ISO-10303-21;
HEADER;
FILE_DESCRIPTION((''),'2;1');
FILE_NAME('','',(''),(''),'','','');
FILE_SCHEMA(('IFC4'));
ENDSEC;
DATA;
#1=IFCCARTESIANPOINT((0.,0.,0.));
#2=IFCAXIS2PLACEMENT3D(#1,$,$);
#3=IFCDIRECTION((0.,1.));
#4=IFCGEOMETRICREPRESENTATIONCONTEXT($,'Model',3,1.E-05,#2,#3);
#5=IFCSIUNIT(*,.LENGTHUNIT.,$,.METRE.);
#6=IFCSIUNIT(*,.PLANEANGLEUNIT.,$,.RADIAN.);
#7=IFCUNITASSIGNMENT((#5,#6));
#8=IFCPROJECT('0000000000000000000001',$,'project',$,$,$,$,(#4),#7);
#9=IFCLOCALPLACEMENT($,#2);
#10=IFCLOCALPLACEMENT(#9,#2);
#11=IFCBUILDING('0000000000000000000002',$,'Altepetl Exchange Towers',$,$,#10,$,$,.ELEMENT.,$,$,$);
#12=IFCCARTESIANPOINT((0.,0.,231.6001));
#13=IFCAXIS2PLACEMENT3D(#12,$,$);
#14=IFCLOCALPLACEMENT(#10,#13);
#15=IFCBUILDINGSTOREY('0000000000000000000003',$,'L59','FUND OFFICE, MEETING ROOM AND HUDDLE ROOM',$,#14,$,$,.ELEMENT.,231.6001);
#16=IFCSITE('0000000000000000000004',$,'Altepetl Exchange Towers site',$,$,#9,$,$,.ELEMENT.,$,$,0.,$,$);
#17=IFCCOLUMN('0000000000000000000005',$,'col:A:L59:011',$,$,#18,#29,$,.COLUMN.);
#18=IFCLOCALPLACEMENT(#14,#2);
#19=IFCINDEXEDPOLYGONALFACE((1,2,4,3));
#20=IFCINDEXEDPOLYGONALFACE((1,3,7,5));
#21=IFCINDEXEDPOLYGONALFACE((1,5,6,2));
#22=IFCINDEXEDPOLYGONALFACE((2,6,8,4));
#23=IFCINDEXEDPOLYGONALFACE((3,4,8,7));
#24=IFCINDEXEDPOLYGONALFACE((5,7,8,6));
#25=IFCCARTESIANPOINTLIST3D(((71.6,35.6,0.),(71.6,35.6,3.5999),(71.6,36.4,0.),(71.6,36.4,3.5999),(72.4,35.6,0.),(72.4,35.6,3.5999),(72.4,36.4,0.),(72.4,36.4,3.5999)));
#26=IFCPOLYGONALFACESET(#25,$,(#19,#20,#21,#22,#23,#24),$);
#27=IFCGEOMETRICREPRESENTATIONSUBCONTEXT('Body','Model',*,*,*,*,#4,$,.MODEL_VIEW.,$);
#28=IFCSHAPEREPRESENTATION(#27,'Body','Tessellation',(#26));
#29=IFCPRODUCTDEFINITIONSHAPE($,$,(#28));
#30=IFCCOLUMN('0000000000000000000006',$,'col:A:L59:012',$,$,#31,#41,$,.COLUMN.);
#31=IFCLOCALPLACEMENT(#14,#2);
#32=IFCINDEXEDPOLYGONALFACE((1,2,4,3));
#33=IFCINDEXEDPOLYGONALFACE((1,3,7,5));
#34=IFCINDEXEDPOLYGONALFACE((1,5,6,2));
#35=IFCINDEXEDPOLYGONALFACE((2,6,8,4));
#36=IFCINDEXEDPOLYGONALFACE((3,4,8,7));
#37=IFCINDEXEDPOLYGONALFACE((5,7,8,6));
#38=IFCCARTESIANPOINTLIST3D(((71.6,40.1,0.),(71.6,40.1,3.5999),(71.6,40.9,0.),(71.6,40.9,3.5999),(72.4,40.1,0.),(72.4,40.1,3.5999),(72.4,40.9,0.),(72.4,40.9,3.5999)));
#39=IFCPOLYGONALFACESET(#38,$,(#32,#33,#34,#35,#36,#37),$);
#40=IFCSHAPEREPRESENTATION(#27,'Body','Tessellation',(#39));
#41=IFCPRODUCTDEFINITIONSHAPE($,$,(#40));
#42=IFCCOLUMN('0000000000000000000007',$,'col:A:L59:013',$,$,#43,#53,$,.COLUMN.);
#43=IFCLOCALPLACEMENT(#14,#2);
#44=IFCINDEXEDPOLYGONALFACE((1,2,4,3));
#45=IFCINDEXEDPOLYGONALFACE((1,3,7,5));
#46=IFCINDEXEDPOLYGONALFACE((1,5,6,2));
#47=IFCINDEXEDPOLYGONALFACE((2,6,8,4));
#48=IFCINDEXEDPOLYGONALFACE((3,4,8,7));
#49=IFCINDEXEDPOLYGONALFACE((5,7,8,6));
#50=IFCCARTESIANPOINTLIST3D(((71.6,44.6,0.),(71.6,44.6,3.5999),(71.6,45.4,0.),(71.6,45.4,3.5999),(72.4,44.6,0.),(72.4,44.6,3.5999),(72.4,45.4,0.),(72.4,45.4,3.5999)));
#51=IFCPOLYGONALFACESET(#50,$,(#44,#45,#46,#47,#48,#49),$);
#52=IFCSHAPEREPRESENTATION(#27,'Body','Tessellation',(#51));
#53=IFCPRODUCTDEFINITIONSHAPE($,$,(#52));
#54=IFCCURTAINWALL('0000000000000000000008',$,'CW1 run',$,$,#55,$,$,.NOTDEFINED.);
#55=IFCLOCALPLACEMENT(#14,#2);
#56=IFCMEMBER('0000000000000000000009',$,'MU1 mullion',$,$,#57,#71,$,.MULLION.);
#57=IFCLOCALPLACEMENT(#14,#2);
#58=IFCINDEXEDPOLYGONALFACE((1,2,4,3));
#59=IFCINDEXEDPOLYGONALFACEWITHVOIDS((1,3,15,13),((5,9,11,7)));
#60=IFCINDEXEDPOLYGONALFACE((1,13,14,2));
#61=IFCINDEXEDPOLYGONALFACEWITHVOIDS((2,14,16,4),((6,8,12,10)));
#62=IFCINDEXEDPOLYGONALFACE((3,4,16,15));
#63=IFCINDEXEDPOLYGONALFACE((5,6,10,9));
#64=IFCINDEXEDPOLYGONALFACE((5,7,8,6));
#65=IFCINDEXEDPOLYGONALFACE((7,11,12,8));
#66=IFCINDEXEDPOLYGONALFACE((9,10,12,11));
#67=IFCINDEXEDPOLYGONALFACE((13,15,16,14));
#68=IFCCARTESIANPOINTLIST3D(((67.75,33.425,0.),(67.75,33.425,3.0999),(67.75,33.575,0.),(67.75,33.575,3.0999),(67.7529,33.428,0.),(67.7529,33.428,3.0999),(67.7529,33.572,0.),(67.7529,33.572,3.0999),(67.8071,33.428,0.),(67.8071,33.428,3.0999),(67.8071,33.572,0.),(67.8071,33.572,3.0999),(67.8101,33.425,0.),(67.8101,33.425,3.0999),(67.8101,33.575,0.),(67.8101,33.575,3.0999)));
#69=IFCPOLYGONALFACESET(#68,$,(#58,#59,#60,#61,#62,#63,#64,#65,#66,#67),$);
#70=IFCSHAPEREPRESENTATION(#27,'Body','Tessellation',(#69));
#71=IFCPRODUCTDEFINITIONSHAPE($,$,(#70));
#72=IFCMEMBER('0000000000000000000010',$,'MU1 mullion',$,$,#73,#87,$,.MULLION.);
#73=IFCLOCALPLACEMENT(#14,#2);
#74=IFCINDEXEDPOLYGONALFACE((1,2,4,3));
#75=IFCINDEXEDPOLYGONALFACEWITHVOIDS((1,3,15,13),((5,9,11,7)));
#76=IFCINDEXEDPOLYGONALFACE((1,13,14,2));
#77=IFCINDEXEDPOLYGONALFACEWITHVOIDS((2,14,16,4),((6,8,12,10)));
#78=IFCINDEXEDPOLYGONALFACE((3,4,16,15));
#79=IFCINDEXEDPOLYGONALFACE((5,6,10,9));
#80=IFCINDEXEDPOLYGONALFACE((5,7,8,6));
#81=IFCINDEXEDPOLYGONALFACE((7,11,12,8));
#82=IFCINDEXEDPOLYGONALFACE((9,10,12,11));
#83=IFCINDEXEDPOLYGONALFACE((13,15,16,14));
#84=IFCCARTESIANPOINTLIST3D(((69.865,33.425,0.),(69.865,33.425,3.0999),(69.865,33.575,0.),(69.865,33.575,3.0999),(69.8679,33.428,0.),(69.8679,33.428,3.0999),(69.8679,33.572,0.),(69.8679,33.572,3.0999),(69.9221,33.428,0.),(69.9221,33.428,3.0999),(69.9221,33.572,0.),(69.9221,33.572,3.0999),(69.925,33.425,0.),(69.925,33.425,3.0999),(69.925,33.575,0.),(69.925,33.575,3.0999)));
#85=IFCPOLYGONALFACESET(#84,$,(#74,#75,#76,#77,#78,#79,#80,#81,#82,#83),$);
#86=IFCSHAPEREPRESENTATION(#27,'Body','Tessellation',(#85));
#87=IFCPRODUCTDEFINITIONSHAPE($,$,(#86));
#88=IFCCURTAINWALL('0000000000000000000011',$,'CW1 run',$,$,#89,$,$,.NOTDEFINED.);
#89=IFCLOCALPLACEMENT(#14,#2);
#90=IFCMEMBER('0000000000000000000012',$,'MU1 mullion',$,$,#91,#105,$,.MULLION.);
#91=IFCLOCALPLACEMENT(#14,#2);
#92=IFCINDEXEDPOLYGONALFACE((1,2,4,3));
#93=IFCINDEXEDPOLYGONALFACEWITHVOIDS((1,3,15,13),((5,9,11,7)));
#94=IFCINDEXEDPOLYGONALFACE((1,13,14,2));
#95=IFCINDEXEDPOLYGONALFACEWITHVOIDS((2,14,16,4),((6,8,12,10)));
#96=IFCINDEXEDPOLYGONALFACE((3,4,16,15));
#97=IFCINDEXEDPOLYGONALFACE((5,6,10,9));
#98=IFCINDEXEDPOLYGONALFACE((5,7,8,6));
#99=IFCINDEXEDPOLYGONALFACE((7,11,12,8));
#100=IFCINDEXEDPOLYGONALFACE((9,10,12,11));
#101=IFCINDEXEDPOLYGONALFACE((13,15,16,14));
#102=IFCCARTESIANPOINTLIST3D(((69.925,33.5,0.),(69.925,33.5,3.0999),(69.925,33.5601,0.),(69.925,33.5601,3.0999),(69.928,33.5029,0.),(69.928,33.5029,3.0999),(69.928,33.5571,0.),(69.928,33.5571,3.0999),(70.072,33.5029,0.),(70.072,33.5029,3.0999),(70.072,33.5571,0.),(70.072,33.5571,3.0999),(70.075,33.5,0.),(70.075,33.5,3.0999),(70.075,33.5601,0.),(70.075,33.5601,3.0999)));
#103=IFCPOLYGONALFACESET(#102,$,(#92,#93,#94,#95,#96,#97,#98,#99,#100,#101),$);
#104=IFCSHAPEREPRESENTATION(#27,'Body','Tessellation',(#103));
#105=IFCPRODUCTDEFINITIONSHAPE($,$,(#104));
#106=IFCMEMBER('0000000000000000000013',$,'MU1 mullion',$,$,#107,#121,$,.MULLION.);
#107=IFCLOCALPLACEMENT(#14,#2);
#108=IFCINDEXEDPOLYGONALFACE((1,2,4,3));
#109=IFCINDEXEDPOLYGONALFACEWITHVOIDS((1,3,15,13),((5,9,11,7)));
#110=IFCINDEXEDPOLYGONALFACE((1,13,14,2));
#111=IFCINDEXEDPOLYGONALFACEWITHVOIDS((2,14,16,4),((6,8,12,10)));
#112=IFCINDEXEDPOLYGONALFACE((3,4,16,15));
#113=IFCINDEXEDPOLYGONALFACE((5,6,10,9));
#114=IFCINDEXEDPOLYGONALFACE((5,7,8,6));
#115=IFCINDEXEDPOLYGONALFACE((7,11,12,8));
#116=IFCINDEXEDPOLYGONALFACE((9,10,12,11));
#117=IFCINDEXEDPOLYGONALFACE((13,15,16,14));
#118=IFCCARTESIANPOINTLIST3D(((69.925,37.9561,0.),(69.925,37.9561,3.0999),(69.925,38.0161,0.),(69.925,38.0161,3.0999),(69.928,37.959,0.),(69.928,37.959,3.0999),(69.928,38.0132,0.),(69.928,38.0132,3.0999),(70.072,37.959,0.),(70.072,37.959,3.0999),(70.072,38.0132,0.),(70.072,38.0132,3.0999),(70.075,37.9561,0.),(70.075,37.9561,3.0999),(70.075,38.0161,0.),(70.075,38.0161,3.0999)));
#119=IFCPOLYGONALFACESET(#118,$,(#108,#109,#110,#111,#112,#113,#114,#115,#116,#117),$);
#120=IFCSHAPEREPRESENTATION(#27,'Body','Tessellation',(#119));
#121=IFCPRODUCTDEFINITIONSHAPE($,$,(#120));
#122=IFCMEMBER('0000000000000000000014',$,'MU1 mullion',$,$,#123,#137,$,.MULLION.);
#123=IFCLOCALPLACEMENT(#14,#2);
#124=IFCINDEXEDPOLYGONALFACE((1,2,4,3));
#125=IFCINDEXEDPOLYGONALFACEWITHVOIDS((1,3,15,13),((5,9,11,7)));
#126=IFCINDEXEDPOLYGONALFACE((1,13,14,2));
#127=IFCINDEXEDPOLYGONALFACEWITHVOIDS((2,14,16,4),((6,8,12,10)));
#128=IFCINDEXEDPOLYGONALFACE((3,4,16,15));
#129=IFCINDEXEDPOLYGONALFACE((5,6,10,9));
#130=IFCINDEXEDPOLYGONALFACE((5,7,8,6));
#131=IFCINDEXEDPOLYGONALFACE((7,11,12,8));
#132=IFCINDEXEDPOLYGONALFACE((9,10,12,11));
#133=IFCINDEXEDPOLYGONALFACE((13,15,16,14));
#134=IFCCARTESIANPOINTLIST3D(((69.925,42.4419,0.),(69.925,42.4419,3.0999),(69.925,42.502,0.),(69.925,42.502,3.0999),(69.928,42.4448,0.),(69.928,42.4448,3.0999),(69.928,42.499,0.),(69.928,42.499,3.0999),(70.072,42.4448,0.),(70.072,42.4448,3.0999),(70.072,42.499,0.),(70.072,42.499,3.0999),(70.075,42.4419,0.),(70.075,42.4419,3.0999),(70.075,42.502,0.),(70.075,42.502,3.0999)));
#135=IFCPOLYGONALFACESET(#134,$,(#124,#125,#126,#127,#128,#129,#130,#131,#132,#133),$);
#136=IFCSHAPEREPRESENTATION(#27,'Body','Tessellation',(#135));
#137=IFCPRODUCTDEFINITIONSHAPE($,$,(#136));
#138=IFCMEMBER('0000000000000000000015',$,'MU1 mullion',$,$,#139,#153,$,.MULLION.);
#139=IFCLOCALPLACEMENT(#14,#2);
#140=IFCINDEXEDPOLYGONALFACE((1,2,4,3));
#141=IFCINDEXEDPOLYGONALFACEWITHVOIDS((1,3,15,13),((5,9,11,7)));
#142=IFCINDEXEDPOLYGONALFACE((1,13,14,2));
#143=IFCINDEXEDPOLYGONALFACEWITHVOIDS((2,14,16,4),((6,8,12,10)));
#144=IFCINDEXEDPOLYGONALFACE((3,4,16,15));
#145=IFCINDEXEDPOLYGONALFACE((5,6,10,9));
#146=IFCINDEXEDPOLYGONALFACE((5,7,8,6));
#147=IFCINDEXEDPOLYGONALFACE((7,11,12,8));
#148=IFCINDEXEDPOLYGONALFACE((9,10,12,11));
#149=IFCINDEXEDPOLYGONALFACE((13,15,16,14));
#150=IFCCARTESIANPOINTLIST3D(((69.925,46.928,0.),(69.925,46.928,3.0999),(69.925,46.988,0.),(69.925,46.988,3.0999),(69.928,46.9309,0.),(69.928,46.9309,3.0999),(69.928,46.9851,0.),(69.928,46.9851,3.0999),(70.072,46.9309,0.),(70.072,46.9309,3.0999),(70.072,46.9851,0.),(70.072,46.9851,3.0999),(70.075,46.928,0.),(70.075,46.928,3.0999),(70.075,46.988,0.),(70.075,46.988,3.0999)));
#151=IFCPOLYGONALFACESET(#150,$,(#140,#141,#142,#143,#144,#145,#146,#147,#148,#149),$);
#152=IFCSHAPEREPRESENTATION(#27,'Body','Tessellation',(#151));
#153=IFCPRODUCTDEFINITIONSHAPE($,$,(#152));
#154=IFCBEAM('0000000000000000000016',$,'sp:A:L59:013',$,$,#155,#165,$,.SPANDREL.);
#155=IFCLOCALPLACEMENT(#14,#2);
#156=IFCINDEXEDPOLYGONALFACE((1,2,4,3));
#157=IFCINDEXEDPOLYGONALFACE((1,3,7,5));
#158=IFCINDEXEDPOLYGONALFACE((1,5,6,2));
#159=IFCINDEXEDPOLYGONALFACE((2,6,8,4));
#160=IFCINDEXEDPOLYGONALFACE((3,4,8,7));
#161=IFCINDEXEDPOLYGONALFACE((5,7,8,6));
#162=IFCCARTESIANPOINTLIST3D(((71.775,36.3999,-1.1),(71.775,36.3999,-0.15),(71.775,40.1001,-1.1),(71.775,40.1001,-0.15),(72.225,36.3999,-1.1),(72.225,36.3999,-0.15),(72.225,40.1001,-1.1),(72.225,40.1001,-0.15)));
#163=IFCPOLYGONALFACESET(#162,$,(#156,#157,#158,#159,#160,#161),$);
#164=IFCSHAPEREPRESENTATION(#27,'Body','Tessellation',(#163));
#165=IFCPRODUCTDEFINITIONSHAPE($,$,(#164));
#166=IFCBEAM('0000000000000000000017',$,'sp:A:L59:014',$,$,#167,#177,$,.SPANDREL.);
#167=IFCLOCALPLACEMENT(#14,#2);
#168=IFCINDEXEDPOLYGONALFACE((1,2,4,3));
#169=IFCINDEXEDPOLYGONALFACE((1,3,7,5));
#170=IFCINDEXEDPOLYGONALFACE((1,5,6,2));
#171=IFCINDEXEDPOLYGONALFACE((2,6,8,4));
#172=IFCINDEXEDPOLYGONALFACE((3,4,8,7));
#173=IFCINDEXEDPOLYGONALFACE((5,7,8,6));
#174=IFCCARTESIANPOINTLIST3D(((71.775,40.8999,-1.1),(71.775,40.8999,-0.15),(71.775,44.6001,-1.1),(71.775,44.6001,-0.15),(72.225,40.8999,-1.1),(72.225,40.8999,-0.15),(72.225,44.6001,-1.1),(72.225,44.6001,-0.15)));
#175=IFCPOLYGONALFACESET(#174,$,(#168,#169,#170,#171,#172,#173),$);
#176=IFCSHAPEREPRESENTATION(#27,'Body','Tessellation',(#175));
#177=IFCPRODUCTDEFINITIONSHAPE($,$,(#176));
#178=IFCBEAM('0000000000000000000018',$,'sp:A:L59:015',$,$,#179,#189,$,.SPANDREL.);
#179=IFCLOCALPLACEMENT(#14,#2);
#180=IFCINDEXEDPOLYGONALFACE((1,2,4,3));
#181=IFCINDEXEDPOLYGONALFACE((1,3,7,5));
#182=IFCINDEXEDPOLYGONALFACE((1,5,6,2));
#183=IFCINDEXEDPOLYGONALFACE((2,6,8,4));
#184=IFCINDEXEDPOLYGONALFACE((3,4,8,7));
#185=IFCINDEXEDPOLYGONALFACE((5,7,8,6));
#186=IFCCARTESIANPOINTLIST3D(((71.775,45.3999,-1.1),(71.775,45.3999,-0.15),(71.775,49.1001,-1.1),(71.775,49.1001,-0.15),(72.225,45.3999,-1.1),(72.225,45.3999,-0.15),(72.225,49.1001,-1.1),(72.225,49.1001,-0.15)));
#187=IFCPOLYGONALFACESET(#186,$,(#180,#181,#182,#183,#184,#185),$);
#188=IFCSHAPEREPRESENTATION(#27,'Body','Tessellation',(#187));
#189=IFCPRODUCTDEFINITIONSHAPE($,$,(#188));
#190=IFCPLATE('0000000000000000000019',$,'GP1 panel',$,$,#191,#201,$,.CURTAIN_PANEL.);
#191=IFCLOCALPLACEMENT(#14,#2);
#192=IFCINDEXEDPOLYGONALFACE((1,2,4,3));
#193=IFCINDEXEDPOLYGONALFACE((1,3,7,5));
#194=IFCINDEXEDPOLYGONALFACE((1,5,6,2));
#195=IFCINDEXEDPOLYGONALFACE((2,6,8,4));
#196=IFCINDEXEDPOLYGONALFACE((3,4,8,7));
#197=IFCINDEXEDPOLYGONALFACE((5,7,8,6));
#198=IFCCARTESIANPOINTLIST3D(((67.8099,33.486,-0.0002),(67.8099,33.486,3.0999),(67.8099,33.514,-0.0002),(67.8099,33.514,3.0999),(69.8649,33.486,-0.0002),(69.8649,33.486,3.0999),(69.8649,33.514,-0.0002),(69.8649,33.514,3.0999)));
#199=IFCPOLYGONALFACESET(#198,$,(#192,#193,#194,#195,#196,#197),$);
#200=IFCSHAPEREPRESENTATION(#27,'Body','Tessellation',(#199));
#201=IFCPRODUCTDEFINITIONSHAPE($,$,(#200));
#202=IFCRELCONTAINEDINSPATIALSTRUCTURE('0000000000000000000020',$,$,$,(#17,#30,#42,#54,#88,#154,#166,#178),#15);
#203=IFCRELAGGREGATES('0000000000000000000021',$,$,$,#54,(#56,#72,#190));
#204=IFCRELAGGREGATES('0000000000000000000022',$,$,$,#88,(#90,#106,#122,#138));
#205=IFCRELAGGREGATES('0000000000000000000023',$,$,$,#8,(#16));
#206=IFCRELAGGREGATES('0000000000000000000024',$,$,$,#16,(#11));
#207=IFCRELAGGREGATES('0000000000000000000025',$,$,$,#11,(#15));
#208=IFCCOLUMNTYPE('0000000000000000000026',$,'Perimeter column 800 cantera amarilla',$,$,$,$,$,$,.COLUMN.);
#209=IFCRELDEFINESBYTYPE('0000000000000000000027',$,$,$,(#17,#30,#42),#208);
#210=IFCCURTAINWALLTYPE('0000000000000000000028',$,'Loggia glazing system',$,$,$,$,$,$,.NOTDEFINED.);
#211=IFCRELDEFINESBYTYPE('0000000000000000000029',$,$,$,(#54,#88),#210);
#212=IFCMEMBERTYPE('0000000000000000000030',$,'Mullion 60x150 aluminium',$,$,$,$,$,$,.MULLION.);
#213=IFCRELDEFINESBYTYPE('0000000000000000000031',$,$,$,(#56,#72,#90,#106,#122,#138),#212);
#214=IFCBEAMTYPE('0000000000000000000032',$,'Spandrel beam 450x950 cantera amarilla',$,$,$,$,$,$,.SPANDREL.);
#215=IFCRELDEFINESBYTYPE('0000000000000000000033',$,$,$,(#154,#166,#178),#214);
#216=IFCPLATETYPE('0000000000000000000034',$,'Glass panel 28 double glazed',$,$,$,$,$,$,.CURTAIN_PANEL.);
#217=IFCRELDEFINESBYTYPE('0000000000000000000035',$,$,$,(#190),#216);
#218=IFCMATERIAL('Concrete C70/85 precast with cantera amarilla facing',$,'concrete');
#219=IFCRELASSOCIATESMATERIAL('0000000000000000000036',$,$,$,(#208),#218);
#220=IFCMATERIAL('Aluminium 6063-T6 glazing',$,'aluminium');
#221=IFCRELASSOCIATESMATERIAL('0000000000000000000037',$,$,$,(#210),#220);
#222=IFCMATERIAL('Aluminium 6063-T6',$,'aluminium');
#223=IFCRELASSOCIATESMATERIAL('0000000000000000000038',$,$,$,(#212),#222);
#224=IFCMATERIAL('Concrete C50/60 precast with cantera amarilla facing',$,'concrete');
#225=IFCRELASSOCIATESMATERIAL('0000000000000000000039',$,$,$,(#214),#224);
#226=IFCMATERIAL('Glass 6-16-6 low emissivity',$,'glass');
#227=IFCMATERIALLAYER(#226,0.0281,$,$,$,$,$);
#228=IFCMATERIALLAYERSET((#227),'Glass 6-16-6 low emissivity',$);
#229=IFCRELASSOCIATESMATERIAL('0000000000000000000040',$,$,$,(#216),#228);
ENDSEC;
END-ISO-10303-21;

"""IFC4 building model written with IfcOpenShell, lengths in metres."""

from ifc_helpers import new_model, si_unit, direction, frame, origin, origin_2d, place, context, subcontext, project, spatial, rectangle, hollow_rectangle, extrude, material, layer, layer_set, material_profile, profile_set, type_object, element, aggregate, save


model = new_model("IFC4")

# Units and contexts
model_context = context("Model", 3, precision=1e-05, world=origin(), true_north=direction((0.0, 1.0)))
body_context = subcontext(model_context, "Body", "Model", "MODEL_VIEW")
ifc_project = project(units=[si_unit("LENGTHUNIT", "METRE"), si_unit("PLANEANGLEUNIT", "RADIAN")], contexts=[model_context])

# Site, building, storey
site_placement = place(None, origin())
site = spatial("IfcSite", under=ifc_project, at=site_placement, Name="Altepetl Exchange Towers site", CompositionType="ELEMENT", RefElevation=0.0)
building_placement = place(site_placement, origin())
building = spatial("IfcBuilding", under=site, at=building_placement, Name="Altepetl Exchange Towers", CompositionType="ELEMENT")
storey_placement = place(building_placement, frame((0.0, 0.0, 231.6001)))
storey = spatial("IfcBuildingStorey", under=building, at=storey_placement, Name="L59", Description="FUND OFFICE, MEETING ROOM AND HUDDLE ROOM", CompositionType="ELEMENT", Elevation=231.6001)

# Columns
ifc_material_1 = material(Name="Concrete C70/85 precast with cantera amarilla facing", Category="concrete")
ifc_material_profile_1 = material_profile(ifc_material_1, rectangle(XDim=0.8, YDim=0.8, at=origin_2d()), Name="800 x 800")
ifc_profile_set_1 = profile_set([ifc_material_profile_1], Name="Concrete C70/85 precast with cantera amarilla facing")
column_type = type_object("IfcColumnType", Name="Perimeter column 800 cantera amarilla", PredefinedType="COLUMN", material=ifc_profile_set_1)
for number, where, name in (
    (1, (72.0, 36.0, 0.0), "col:A:L59:011"),
    (2, (72.0, 40.5, 0.0), "col:A:L59:012"),
    (3, (72.0, 45.0, 0.0), "col:A:L59:013"),
):
    element("IfcColumn", number, at=place(storey_placement, frame(where)), inside=storey, type_object=column_type, Name=name, PredefinedType="COLUMN", context=body_context, shape_type="SweptSolid", body=[
        extrude(rectangle(XDim=0.8, YDim=0.8, at=origin_2d()), origin(), (0.0, 0.0, 1.0), 3.5999),
    ])

# Curtain walls, members
ifc_material_2 = material(Name="Aluminium 6063-T6 glazing", Category="aluminium")
curtain_wall_type = type_object("IfcCurtainWallType", Name="Loggia glazing system", PredefinedType="NOTDEFINED", material=ifc_material_2)
curtain_wall_1_placement = place(storey_placement, origin())
curtain_wall_1 = element("IfcCurtainWall", 4, at=curtain_wall_1_placement, inside=storey, type_object=curtain_wall_type, Name="CW1 run", PredefinedType="NOTDEFINED")
ifc_material_3 = material(Name="Aluminium 6063-T6", Category="aluminium")
ifc_material_profile_2 = material_profile(ifc_material_3, hollow_rectangle(XDim=0.0601, YDim=0.1499, WallThickness=0.0029, at=origin_2d()), Name="Mullion 60x150 aluminium")
ifc_profile_set_2 = profile_set([ifc_material_profile_2], Name="Aluminium 6063-T6")
member_type = type_object("IfcMemberType", Name="Mullion 60x150 aluminium", PredefinedType="MULLION", material=ifc_profile_set_2)
member_1_placement = place(storey_placement, frame((67.78, 33.5, 0.0)))
member_1 = element("IfcMember", 5, at=member_1_placement, type_object=member_type, Name="MU1 mullion", PredefinedType="MULLION", context=body_context, shape_type="SweptSolid", body=[
    extrude(hollow_rectangle(XDim=0.0601, YDim=0.1499, WallThickness=0.0029, at=origin_2d()), origin(), (0.0, 0.0, 1.0), 3.0999),
])
member_2_placement = place(storey_placement, frame((69.895, 33.5, 0.0)))
member_2 = element("IfcMember", 6, at=member_2_placement, type_object=member_type, Name="MU1 mullion", PredefinedType="MULLION", context=body_context, shape_type="SweptSolid", body=[
    extrude(hollow_rectangle(XDim=0.0601, YDim=0.1499, WallThickness=0.0029, at=origin_2d()), origin(), (0.0, 0.0, 1.0), 3.0999),
])
curtain_wall_2_placement = place(storey_placement, origin())
curtain_wall_2 = element("IfcCurtainWall", 7, at=curtain_wall_2_placement, inside=storey, type_object=curtain_wall_type, Name="CW1 run", PredefinedType="NOTDEFINED")
member_3_placement = place(storey_placement, frame((70.0, 33.53, 0.0), z_axis=(0.0, 0.0, 1.0), x_axis=(0.0, 1.0, 0.0)))
member_3 = element("IfcMember", 8, at=member_3_placement, type_object=member_type, Name="MU1 mullion", PredefinedType="MULLION", context=body_context, shape_type="SweptSolid", body=[
    extrude(hollow_rectangle(XDim=0.0601, YDim=0.1499, WallThickness=0.0029, at=origin_2d()), origin(), (0.0, 0.0, 1.0), 3.0999),
])
member_4_placement = place(storey_placement, frame((70.0, 37.9861, 0.0), z_axis=(0.0, 0.0, 1.0), x_axis=(0.0, 1.0, 0.0)))
member_4 = element("IfcMember", 9, at=member_4_placement, type_object=member_type, Name="MU1 mullion", PredefinedType="MULLION", context=body_context, shape_type="SweptSolid", body=[
    extrude(hollow_rectangle(XDim=0.0601, YDim=0.1499, WallThickness=0.0029, at=origin_2d()), origin(), (0.0, 0.0, 1.0), 3.0999),
])
member_5_placement = place(storey_placement, frame((70.0, 42.4719, 0.0), z_axis=(0.0, 0.0, 1.0), x_axis=(0.0, 1.0, 0.0)))
member_5 = element("IfcMember", 10, at=member_5_placement, type_object=member_type, Name="MU1 mullion", PredefinedType="MULLION", context=body_context, shape_type="SweptSolid", body=[
    extrude(hollow_rectangle(XDim=0.0601, YDim=0.1499, WallThickness=0.0029, at=origin_2d()), origin(), (0.0, 0.0, 1.0), 3.0999),
])
member_6_placement = place(storey_placement, frame((70.0, 46.958, 0.0), z_axis=(0.0, 0.0, 1.0), x_axis=(0.0, 1.0, 0.0)))
member_6 = element("IfcMember", 11, at=member_6_placement, type_object=member_type, Name="MU1 mullion", PredefinedType="MULLION", context=body_context, shape_type="SweptSolid", body=[
    extrude(hollow_rectangle(XDim=0.0601, YDim=0.1499, WallThickness=0.0029, at=origin_2d()), origin(), (0.0, 0.0, 1.0), 3.0999),
])

# Beams
ifc_material_4 = material(Name="Concrete C50/60 precast with cantera amarilla facing", Category="concrete")
ifc_material_profile_3 = material_profile(ifc_material_4, rectangle(XDim=0.45, YDim=0.95, at=origin_2d()), Name="450 x 950")
ifc_profile_set_3 = profile_set([ifc_material_profile_3], Name="Concrete C50/60 precast with cantera amarilla facing")
beam_type = type_object("IfcBeamType", Name="Spandrel beam 450x950 cantera amarilla", PredefinedType="SPANDREL", material=ifc_profile_set_3)
for number, where, z_axis, x_axis, name in (
    (12, (72.0, 36.3999, -0.625), (0.0, 1.0, 0.0), (-1.0, 0.0, 0.0), "sp:A:L59:013"),
    (13, (72.0, 40.8999, -0.625), (0.0, 1.0, 0.0), (-1.0, 0.0, 0.0), "sp:A:L59:014"),
    (14, (72.0, 45.3999, -0.625), (0.0, 1.0, 0.0), (-1.0, 0.0, 0.0), "sp:A:L59:015"),
):
    element("IfcBeam", number, at=place(storey_placement, frame(where, z_axis=z_axis, x_axis=x_axis)), inside=storey, type_object=beam_type, Name=name, PredefinedType="SPANDREL", context=body_context, shape_type="SweptSolid", body=[
        extrude(rectangle(XDim=0.45, YDim=0.95, at=origin_2d()), origin(), (0.0, 0.0, 1.0), 3.7002),
    ])

# Plate
ifc_material_5 = material(Name="Glass 6-16-6 low emissivity", Category="glass")
ifc_layer = layer(ifc_material_5, 0.0281)
ifc_layer_set = layer_set([ifc_layer], Name="Glass 6-16-6 low emissivity")
plate_type = type_object("IfcPlateType", Name="Glass panel 28 double glazed", PredefinedType="CURTAIN_PANEL", material=ifc_layer_set)
plate_1_placement = place(storey_placement, frame((68.8374, 33.5, -0.0002)))
plate_1 = element("IfcPlate", 15, at=plate_1_placement, type_object=plate_type, Name="GP1 panel", PredefinedType="CURTAIN_PANEL", context=body_context, shape_type="SweptSolid", body=[
    extrude(rectangle(XDim=2.0549, YDim=0.0281, at=origin_2d()), origin(), (0.0, 0.0, 1.0), 3.1001),
])
aggregate(curtain_wall_1, [member_1, member_2, plate_1])
aggregate(curtain_wall_2, [member_3, member_4, member_5, member_6])

save(model, "model.ifc")
